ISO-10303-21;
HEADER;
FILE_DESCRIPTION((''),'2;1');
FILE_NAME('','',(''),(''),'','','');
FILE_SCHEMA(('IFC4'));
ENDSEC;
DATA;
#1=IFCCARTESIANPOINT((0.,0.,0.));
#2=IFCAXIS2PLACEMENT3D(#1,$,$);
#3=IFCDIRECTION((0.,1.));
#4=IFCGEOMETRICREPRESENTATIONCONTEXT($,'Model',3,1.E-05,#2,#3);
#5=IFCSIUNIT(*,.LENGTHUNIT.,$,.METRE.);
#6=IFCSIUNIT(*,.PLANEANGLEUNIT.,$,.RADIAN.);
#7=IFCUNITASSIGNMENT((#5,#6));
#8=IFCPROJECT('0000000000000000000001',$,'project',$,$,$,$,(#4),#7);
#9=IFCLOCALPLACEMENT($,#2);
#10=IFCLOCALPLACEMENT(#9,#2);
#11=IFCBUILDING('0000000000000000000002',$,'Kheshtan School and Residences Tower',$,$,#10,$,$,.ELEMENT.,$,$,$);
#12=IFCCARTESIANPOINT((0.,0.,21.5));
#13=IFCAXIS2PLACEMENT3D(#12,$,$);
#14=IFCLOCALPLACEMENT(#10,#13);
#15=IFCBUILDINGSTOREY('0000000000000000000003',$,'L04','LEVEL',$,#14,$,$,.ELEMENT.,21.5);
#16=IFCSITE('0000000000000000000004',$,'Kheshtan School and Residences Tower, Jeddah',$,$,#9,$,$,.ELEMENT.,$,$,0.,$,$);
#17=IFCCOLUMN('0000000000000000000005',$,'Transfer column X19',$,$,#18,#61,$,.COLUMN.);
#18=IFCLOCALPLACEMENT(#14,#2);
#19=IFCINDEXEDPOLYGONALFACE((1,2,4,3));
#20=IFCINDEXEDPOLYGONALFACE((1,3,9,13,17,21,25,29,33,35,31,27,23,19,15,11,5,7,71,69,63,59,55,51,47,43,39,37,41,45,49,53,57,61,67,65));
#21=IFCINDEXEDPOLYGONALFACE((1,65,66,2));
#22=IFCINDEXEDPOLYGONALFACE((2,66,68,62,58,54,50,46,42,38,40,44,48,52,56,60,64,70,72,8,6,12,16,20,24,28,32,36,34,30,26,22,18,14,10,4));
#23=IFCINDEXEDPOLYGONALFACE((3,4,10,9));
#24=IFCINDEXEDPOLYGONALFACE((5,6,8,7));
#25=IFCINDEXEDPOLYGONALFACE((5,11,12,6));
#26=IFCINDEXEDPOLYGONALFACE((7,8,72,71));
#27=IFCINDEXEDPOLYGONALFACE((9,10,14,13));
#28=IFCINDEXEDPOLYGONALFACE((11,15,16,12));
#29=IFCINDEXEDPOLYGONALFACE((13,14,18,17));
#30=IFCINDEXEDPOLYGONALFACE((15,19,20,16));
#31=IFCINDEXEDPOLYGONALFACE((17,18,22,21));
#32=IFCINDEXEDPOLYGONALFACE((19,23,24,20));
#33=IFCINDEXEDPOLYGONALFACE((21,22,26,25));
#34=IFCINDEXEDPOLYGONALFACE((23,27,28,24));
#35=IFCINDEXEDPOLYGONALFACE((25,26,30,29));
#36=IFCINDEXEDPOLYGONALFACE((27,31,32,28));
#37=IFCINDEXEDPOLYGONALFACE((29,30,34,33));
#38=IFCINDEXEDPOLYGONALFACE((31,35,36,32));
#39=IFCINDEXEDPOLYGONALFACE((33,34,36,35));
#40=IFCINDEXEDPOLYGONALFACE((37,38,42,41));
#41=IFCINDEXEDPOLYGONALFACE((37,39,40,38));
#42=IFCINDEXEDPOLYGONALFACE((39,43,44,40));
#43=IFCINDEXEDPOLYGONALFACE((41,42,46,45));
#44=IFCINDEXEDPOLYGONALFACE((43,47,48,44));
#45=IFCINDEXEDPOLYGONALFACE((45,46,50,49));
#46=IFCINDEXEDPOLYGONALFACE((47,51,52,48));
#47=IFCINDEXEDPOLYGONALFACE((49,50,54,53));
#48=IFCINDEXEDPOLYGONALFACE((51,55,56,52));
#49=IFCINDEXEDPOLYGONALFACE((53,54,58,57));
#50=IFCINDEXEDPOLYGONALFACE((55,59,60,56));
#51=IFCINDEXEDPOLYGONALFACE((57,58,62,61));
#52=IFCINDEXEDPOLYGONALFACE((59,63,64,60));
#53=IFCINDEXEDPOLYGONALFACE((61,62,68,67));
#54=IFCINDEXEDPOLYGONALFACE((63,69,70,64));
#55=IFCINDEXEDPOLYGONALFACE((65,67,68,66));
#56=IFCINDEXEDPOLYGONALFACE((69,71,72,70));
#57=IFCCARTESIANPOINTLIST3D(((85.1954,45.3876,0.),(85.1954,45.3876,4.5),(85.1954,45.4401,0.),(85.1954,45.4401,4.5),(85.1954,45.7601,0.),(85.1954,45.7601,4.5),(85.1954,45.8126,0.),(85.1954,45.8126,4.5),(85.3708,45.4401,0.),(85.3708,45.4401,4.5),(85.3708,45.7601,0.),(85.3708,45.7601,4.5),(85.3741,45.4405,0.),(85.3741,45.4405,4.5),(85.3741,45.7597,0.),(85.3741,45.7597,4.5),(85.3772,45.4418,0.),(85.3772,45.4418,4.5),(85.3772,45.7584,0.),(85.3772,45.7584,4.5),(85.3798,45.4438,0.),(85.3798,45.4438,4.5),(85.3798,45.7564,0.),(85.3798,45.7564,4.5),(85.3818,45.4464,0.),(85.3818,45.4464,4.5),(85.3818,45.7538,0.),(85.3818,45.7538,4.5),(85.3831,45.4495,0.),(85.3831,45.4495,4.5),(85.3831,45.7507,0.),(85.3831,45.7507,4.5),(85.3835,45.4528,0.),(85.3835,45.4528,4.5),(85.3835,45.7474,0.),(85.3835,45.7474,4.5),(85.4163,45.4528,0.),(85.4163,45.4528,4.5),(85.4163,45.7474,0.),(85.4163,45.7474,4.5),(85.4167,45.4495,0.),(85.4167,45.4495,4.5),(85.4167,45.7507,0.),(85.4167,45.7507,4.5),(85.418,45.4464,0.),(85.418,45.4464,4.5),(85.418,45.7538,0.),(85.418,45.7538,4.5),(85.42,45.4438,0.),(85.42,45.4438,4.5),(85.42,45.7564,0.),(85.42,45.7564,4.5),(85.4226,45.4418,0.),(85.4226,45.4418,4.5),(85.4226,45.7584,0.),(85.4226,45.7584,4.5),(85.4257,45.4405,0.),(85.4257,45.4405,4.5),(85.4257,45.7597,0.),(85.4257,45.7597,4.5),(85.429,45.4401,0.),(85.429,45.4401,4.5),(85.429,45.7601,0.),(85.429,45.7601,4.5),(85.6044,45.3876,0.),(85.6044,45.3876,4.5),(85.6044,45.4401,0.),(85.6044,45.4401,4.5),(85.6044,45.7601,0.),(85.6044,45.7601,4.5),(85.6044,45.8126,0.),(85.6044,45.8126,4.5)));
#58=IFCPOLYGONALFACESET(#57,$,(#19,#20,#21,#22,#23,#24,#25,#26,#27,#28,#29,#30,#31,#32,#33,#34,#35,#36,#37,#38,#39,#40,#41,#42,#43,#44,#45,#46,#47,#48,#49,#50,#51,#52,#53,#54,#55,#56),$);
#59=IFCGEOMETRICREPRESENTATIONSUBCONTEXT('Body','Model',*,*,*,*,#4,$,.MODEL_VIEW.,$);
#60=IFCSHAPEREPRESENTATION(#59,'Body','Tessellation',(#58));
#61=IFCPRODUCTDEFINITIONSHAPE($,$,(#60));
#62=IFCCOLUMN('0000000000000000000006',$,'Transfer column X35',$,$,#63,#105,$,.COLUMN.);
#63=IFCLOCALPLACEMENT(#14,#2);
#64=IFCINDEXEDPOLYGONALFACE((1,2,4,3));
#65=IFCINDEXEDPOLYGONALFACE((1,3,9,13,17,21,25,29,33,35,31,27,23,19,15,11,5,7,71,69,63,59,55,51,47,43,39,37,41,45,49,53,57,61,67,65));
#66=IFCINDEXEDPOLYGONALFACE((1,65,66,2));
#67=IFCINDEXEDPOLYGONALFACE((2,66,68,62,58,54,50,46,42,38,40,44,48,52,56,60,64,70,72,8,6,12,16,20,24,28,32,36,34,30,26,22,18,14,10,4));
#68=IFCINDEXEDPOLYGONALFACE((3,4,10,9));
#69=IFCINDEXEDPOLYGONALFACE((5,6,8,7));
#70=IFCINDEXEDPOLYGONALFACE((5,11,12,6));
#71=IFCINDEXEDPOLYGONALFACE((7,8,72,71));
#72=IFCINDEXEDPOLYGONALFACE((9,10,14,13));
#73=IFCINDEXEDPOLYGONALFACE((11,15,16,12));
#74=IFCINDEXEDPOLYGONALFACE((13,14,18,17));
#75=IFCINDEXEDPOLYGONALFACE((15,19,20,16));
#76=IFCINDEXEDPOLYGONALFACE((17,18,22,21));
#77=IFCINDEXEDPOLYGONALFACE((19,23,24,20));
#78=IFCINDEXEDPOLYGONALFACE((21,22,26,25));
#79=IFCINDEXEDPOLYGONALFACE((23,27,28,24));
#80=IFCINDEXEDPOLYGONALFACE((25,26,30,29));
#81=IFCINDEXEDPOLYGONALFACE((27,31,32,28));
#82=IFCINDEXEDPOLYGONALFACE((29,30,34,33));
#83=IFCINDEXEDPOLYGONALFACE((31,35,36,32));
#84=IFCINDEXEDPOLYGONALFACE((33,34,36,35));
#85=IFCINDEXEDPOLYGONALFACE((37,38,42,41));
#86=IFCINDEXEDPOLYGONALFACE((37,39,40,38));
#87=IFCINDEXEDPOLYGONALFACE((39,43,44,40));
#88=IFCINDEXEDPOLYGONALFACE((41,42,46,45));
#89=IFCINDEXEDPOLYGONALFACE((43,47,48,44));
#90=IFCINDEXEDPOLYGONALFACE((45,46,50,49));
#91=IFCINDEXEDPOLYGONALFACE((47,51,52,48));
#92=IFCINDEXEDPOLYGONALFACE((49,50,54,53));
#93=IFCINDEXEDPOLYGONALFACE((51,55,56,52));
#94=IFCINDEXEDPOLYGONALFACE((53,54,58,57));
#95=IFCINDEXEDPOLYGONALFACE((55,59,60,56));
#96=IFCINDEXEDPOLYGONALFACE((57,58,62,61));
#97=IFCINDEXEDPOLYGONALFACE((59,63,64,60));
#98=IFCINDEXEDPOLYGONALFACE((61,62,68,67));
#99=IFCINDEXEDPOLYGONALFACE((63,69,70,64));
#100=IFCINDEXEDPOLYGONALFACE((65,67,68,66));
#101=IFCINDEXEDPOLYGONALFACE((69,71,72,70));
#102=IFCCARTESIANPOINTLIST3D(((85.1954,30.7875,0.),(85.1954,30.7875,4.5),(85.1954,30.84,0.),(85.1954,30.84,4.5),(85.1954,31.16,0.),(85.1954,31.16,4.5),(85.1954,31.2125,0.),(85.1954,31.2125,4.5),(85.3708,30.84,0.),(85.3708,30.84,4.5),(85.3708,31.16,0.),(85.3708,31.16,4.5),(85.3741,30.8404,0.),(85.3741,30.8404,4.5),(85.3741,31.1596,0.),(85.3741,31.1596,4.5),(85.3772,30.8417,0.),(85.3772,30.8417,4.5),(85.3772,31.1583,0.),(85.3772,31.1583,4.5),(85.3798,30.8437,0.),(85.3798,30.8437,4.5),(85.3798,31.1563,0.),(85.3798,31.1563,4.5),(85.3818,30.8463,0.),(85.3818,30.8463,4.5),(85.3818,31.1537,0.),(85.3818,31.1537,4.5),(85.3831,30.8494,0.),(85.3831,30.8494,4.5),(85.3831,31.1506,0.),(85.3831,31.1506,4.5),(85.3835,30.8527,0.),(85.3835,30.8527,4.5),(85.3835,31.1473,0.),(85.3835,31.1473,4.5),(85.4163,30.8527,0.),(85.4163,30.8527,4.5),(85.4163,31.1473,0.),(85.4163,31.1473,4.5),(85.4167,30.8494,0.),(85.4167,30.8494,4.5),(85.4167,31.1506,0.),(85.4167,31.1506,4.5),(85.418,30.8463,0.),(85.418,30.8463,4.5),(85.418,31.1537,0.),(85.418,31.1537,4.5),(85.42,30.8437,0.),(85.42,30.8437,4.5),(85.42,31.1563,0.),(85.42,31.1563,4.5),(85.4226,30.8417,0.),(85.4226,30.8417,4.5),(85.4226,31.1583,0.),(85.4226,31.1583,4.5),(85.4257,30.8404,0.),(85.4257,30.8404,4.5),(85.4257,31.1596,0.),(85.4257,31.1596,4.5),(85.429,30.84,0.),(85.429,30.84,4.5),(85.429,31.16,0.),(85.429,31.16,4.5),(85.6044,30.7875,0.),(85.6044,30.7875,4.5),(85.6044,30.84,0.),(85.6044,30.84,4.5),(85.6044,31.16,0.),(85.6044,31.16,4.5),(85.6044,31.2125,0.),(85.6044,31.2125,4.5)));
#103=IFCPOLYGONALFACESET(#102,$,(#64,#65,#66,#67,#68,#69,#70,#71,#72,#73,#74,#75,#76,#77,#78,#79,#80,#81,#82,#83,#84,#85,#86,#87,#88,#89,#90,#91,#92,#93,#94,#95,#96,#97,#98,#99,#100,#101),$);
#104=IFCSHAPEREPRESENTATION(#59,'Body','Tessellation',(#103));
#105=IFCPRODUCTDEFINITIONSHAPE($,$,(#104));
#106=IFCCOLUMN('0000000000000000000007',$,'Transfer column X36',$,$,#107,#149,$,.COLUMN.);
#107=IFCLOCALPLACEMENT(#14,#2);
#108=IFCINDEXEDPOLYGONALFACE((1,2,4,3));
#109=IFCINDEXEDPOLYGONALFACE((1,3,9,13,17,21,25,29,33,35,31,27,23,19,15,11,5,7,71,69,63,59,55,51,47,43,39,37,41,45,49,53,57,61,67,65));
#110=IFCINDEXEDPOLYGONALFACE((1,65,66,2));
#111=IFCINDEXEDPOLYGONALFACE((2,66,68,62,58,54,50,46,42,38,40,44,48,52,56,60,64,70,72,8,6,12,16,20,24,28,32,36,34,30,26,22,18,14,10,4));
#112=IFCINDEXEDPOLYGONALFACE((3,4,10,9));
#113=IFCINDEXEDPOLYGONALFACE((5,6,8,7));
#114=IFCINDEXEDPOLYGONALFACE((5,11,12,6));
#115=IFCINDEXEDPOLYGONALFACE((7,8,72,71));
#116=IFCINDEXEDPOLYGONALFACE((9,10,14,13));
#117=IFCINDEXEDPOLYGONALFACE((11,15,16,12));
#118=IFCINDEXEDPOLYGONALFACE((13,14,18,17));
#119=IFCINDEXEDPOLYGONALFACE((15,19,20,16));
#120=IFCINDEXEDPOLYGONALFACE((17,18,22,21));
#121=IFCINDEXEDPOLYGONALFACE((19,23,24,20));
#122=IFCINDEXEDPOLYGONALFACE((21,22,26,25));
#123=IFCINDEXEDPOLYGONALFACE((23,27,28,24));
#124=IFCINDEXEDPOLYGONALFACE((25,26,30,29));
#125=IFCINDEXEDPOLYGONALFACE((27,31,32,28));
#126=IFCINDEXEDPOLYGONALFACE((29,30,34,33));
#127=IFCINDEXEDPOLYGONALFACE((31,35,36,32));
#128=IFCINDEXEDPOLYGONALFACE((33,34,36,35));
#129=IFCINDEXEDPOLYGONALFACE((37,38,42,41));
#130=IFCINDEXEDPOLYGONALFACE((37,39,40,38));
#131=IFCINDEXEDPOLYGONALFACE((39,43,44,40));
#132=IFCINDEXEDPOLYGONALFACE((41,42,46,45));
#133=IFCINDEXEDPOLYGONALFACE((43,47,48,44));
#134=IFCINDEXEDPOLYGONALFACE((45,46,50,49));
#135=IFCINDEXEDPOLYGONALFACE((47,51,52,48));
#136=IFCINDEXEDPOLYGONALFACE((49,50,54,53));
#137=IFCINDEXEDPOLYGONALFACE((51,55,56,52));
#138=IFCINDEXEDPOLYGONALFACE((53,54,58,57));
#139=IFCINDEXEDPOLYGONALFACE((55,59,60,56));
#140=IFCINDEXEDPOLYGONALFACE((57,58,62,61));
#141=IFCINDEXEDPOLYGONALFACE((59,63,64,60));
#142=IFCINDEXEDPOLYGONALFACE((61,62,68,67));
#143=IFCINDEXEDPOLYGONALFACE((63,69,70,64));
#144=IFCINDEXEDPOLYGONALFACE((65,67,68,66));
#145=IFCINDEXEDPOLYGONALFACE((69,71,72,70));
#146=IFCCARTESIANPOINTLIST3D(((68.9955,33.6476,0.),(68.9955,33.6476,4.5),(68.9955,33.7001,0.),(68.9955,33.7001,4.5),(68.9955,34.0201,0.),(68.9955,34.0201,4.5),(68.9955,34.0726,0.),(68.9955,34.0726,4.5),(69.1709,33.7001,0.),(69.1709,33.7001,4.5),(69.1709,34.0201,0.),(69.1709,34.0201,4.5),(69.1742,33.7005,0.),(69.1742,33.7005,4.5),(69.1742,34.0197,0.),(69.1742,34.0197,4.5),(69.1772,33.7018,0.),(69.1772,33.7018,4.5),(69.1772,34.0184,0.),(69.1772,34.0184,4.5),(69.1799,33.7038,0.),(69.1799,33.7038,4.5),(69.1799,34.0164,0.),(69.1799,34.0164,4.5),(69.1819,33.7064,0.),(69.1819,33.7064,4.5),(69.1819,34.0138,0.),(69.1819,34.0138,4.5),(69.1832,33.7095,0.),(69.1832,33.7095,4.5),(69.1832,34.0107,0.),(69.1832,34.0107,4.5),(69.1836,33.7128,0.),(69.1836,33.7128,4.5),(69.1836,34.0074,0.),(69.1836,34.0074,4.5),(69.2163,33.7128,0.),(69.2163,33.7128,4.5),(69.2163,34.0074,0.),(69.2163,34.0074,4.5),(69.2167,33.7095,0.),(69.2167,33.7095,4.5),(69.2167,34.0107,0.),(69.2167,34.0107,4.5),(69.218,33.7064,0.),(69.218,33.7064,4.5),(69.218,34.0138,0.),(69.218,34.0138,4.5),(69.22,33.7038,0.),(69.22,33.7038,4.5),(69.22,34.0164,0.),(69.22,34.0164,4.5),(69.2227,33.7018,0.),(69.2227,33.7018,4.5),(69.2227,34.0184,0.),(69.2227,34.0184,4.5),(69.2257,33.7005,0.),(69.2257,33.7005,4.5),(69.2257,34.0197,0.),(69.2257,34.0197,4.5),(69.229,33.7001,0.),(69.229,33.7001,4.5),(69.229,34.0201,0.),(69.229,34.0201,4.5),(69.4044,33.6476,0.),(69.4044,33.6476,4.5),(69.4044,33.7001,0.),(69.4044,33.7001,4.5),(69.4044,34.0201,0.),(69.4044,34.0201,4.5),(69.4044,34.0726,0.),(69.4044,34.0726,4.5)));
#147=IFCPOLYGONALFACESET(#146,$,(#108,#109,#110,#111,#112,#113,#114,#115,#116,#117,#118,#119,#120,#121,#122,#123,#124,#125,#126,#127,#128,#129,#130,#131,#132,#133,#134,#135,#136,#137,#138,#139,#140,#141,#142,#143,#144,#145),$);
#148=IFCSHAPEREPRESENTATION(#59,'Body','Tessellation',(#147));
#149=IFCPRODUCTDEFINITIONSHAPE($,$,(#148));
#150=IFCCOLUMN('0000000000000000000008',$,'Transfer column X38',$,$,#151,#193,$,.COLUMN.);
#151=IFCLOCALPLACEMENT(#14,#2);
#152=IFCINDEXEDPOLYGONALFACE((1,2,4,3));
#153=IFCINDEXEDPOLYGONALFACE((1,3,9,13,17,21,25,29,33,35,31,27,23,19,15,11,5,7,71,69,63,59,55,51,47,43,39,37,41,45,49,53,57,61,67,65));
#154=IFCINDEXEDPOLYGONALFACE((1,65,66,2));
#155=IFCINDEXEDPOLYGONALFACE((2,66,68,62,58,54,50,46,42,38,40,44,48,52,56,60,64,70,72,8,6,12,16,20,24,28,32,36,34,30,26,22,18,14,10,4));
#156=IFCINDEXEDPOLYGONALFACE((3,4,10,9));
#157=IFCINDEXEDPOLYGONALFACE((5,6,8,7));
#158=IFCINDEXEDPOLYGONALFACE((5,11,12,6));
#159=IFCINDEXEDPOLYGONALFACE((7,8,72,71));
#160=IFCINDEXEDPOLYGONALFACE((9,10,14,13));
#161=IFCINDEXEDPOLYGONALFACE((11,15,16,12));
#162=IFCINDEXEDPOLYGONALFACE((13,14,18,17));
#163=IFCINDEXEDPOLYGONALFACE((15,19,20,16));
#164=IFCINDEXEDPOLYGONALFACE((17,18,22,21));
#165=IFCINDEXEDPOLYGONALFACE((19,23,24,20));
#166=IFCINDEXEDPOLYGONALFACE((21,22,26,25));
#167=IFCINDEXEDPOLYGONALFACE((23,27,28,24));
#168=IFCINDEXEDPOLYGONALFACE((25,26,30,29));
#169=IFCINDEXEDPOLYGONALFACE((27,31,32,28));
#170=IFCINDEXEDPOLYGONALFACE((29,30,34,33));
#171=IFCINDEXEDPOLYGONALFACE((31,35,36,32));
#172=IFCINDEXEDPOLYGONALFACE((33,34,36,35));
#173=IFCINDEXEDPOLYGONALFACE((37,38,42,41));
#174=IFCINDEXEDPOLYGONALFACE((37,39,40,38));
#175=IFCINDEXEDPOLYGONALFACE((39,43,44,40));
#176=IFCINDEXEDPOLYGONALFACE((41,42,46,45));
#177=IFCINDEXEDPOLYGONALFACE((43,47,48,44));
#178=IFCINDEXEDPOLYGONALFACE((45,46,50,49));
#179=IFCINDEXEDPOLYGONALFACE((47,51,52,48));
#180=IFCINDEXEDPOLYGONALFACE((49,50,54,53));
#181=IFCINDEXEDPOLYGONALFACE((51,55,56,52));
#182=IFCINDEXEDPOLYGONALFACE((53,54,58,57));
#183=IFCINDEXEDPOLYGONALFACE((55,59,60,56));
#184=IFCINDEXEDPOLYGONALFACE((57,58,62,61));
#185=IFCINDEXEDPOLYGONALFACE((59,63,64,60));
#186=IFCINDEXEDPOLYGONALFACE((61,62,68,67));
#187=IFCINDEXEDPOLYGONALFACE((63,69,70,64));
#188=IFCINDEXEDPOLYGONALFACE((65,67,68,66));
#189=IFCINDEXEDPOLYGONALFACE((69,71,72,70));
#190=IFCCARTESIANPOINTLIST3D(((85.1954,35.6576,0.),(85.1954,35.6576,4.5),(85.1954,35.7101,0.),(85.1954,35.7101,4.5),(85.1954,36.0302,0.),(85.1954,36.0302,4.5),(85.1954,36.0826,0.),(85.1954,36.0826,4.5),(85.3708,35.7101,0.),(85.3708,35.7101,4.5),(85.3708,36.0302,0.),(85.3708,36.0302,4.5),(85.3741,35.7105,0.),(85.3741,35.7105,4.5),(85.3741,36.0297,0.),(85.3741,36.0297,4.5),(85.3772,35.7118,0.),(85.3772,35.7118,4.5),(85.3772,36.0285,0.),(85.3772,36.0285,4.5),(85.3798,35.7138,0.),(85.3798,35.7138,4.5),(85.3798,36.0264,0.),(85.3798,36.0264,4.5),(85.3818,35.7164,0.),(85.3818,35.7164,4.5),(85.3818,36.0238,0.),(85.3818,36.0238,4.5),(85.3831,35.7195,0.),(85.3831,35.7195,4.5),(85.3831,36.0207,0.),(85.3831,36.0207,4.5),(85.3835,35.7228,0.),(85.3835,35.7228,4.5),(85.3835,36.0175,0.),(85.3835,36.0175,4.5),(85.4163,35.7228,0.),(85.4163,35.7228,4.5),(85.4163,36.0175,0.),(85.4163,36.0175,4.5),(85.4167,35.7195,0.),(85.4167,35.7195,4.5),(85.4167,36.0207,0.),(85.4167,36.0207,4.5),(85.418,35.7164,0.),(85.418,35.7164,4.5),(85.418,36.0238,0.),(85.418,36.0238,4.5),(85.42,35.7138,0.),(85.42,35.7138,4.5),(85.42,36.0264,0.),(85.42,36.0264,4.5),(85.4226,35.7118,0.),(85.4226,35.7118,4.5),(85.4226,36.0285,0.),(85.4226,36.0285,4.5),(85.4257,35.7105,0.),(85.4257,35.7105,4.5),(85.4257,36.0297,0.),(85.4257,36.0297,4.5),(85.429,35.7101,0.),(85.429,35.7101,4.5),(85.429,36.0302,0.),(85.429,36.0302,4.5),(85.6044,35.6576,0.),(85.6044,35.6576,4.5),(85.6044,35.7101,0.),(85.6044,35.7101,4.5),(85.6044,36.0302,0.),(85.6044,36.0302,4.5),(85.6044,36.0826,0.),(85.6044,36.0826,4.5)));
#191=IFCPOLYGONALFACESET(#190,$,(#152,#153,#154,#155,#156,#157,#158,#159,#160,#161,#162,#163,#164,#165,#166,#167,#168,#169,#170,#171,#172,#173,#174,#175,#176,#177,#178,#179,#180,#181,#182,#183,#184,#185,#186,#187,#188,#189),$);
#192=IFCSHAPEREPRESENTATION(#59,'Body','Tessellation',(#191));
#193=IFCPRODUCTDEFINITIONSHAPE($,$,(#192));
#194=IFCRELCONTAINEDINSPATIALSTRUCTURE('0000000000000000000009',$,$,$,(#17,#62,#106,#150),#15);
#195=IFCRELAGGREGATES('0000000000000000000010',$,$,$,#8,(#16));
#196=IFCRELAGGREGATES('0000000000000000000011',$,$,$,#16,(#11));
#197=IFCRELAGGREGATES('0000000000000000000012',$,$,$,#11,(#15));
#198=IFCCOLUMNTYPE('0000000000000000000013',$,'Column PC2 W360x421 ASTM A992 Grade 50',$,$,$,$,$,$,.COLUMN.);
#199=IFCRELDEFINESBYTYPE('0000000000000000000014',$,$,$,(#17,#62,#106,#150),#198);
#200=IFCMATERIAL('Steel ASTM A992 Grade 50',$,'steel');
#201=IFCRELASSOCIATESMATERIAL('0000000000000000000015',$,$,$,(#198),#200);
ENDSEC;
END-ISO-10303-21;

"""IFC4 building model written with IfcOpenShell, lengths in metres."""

from ifc_helpers import new_model, si_unit, direction, frame, origin, origin_2d, place, context, subcontext, project, spatial, i_section, extrude, material, material_profile, profile_set, type_object, element, save


model = new_model("IFC4")

# Units and contexts
model_context = context("Model", 3, precision=1e-05, world=origin(), true_north=direction((0.0, 1.0)))
body_context = subcontext(model_context, "Body", "Model", "MODEL_VIEW")
ifc_project = project(units=[si_unit("LENGTHUNIT", "METRE"), si_unit("PLANEANGLEUNIT", "RADIAN")], contexts=[model_context])

# Site, building, storey
site_placement = place(None, origin())
site = spatial("IfcSite", under=ifc_project, at=site_placement, Name="Kheshtan School and Residences Tower, Jeddah", CompositionType="ELEMENT", RefElevation=0.0)
building_placement = place(site_placement, origin())
building = spatial("IfcBuilding", under=site, at=building_placement, Name="Kheshtan School and Residences Tower", CompositionType="ELEMENT")
storey_placement = place(building_placement, frame((0.0, 0.0, 21.5)))
storey = spatial("IfcBuildingStorey", under=building, at=storey_placement, Name="L04", Description="LEVEL", CompositionType="ELEMENT", Elevation=21.5)

# Columns
ifc_material_1 = material(Name="Steel ASTM A992 Grade 50", Category="steel")
ifc_material_profile_1 = material_profile(ifc_material_1, i_section(OverallWidth=0.4089, OverallDepth=0.425, WebThickness=0.0327, FlangeThickness=0.0525, FilletRadius=0.0127, at=origin_2d()), Name="W360x421")
ifc_profile_set_1 = profile_set([ifc_material_profile_1], Name="Steel ASTM A992 Grade 50")
column_type = type_object("IfcColumnType", Name="Column PC2 W360x421 ASTM A992 Grade 50", PredefinedType="COLUMN", material=ifc_profile_set_1)
for number, where, z_axis, x_axis, name in (
    (1, (85.3999, 45.6001, 0.0), (0.0, 0.0, 1.0), (1.0, 0.0, 0.0), "Transfer column X19"),
    (2, (85.3999, 31.0, 0.0), (0.0, 0.0, 1.0), (1.0, 0.0, 0.0), "Transfer column X35"),
    (3, (69.2, 33.8601, 0.0), (0.0, 0.0, 1.0), (1.0, 0.0, 0.0), "Transfer column X36"),
    (4, (85.3999, 35.8701, 0.0), (0.0, 0.0, 1.0), (1.0, 0.0, 0.0), "Transfer column X38"),
):
    element("IfcColumn", number, at=place(storey_placement, frame(where, z_axis=z_axis, x_axis=x_axis)), inside=storey, type_object=column_type, Name=name, PredefinedType="COLUMN", context=body_context, shape_type="SweptSolid", body=[
        extrude(i_section(OverallWidth=0.4089, OverallDepth=0.425, WebThickness=0.0327, FlangeThickness=0.0525, FilletRadius=0.0127, at=origin_2d()), origin(), (0.0, 0.0, 1.0), 4.5),
    ])

save(model, "model.ifc")
